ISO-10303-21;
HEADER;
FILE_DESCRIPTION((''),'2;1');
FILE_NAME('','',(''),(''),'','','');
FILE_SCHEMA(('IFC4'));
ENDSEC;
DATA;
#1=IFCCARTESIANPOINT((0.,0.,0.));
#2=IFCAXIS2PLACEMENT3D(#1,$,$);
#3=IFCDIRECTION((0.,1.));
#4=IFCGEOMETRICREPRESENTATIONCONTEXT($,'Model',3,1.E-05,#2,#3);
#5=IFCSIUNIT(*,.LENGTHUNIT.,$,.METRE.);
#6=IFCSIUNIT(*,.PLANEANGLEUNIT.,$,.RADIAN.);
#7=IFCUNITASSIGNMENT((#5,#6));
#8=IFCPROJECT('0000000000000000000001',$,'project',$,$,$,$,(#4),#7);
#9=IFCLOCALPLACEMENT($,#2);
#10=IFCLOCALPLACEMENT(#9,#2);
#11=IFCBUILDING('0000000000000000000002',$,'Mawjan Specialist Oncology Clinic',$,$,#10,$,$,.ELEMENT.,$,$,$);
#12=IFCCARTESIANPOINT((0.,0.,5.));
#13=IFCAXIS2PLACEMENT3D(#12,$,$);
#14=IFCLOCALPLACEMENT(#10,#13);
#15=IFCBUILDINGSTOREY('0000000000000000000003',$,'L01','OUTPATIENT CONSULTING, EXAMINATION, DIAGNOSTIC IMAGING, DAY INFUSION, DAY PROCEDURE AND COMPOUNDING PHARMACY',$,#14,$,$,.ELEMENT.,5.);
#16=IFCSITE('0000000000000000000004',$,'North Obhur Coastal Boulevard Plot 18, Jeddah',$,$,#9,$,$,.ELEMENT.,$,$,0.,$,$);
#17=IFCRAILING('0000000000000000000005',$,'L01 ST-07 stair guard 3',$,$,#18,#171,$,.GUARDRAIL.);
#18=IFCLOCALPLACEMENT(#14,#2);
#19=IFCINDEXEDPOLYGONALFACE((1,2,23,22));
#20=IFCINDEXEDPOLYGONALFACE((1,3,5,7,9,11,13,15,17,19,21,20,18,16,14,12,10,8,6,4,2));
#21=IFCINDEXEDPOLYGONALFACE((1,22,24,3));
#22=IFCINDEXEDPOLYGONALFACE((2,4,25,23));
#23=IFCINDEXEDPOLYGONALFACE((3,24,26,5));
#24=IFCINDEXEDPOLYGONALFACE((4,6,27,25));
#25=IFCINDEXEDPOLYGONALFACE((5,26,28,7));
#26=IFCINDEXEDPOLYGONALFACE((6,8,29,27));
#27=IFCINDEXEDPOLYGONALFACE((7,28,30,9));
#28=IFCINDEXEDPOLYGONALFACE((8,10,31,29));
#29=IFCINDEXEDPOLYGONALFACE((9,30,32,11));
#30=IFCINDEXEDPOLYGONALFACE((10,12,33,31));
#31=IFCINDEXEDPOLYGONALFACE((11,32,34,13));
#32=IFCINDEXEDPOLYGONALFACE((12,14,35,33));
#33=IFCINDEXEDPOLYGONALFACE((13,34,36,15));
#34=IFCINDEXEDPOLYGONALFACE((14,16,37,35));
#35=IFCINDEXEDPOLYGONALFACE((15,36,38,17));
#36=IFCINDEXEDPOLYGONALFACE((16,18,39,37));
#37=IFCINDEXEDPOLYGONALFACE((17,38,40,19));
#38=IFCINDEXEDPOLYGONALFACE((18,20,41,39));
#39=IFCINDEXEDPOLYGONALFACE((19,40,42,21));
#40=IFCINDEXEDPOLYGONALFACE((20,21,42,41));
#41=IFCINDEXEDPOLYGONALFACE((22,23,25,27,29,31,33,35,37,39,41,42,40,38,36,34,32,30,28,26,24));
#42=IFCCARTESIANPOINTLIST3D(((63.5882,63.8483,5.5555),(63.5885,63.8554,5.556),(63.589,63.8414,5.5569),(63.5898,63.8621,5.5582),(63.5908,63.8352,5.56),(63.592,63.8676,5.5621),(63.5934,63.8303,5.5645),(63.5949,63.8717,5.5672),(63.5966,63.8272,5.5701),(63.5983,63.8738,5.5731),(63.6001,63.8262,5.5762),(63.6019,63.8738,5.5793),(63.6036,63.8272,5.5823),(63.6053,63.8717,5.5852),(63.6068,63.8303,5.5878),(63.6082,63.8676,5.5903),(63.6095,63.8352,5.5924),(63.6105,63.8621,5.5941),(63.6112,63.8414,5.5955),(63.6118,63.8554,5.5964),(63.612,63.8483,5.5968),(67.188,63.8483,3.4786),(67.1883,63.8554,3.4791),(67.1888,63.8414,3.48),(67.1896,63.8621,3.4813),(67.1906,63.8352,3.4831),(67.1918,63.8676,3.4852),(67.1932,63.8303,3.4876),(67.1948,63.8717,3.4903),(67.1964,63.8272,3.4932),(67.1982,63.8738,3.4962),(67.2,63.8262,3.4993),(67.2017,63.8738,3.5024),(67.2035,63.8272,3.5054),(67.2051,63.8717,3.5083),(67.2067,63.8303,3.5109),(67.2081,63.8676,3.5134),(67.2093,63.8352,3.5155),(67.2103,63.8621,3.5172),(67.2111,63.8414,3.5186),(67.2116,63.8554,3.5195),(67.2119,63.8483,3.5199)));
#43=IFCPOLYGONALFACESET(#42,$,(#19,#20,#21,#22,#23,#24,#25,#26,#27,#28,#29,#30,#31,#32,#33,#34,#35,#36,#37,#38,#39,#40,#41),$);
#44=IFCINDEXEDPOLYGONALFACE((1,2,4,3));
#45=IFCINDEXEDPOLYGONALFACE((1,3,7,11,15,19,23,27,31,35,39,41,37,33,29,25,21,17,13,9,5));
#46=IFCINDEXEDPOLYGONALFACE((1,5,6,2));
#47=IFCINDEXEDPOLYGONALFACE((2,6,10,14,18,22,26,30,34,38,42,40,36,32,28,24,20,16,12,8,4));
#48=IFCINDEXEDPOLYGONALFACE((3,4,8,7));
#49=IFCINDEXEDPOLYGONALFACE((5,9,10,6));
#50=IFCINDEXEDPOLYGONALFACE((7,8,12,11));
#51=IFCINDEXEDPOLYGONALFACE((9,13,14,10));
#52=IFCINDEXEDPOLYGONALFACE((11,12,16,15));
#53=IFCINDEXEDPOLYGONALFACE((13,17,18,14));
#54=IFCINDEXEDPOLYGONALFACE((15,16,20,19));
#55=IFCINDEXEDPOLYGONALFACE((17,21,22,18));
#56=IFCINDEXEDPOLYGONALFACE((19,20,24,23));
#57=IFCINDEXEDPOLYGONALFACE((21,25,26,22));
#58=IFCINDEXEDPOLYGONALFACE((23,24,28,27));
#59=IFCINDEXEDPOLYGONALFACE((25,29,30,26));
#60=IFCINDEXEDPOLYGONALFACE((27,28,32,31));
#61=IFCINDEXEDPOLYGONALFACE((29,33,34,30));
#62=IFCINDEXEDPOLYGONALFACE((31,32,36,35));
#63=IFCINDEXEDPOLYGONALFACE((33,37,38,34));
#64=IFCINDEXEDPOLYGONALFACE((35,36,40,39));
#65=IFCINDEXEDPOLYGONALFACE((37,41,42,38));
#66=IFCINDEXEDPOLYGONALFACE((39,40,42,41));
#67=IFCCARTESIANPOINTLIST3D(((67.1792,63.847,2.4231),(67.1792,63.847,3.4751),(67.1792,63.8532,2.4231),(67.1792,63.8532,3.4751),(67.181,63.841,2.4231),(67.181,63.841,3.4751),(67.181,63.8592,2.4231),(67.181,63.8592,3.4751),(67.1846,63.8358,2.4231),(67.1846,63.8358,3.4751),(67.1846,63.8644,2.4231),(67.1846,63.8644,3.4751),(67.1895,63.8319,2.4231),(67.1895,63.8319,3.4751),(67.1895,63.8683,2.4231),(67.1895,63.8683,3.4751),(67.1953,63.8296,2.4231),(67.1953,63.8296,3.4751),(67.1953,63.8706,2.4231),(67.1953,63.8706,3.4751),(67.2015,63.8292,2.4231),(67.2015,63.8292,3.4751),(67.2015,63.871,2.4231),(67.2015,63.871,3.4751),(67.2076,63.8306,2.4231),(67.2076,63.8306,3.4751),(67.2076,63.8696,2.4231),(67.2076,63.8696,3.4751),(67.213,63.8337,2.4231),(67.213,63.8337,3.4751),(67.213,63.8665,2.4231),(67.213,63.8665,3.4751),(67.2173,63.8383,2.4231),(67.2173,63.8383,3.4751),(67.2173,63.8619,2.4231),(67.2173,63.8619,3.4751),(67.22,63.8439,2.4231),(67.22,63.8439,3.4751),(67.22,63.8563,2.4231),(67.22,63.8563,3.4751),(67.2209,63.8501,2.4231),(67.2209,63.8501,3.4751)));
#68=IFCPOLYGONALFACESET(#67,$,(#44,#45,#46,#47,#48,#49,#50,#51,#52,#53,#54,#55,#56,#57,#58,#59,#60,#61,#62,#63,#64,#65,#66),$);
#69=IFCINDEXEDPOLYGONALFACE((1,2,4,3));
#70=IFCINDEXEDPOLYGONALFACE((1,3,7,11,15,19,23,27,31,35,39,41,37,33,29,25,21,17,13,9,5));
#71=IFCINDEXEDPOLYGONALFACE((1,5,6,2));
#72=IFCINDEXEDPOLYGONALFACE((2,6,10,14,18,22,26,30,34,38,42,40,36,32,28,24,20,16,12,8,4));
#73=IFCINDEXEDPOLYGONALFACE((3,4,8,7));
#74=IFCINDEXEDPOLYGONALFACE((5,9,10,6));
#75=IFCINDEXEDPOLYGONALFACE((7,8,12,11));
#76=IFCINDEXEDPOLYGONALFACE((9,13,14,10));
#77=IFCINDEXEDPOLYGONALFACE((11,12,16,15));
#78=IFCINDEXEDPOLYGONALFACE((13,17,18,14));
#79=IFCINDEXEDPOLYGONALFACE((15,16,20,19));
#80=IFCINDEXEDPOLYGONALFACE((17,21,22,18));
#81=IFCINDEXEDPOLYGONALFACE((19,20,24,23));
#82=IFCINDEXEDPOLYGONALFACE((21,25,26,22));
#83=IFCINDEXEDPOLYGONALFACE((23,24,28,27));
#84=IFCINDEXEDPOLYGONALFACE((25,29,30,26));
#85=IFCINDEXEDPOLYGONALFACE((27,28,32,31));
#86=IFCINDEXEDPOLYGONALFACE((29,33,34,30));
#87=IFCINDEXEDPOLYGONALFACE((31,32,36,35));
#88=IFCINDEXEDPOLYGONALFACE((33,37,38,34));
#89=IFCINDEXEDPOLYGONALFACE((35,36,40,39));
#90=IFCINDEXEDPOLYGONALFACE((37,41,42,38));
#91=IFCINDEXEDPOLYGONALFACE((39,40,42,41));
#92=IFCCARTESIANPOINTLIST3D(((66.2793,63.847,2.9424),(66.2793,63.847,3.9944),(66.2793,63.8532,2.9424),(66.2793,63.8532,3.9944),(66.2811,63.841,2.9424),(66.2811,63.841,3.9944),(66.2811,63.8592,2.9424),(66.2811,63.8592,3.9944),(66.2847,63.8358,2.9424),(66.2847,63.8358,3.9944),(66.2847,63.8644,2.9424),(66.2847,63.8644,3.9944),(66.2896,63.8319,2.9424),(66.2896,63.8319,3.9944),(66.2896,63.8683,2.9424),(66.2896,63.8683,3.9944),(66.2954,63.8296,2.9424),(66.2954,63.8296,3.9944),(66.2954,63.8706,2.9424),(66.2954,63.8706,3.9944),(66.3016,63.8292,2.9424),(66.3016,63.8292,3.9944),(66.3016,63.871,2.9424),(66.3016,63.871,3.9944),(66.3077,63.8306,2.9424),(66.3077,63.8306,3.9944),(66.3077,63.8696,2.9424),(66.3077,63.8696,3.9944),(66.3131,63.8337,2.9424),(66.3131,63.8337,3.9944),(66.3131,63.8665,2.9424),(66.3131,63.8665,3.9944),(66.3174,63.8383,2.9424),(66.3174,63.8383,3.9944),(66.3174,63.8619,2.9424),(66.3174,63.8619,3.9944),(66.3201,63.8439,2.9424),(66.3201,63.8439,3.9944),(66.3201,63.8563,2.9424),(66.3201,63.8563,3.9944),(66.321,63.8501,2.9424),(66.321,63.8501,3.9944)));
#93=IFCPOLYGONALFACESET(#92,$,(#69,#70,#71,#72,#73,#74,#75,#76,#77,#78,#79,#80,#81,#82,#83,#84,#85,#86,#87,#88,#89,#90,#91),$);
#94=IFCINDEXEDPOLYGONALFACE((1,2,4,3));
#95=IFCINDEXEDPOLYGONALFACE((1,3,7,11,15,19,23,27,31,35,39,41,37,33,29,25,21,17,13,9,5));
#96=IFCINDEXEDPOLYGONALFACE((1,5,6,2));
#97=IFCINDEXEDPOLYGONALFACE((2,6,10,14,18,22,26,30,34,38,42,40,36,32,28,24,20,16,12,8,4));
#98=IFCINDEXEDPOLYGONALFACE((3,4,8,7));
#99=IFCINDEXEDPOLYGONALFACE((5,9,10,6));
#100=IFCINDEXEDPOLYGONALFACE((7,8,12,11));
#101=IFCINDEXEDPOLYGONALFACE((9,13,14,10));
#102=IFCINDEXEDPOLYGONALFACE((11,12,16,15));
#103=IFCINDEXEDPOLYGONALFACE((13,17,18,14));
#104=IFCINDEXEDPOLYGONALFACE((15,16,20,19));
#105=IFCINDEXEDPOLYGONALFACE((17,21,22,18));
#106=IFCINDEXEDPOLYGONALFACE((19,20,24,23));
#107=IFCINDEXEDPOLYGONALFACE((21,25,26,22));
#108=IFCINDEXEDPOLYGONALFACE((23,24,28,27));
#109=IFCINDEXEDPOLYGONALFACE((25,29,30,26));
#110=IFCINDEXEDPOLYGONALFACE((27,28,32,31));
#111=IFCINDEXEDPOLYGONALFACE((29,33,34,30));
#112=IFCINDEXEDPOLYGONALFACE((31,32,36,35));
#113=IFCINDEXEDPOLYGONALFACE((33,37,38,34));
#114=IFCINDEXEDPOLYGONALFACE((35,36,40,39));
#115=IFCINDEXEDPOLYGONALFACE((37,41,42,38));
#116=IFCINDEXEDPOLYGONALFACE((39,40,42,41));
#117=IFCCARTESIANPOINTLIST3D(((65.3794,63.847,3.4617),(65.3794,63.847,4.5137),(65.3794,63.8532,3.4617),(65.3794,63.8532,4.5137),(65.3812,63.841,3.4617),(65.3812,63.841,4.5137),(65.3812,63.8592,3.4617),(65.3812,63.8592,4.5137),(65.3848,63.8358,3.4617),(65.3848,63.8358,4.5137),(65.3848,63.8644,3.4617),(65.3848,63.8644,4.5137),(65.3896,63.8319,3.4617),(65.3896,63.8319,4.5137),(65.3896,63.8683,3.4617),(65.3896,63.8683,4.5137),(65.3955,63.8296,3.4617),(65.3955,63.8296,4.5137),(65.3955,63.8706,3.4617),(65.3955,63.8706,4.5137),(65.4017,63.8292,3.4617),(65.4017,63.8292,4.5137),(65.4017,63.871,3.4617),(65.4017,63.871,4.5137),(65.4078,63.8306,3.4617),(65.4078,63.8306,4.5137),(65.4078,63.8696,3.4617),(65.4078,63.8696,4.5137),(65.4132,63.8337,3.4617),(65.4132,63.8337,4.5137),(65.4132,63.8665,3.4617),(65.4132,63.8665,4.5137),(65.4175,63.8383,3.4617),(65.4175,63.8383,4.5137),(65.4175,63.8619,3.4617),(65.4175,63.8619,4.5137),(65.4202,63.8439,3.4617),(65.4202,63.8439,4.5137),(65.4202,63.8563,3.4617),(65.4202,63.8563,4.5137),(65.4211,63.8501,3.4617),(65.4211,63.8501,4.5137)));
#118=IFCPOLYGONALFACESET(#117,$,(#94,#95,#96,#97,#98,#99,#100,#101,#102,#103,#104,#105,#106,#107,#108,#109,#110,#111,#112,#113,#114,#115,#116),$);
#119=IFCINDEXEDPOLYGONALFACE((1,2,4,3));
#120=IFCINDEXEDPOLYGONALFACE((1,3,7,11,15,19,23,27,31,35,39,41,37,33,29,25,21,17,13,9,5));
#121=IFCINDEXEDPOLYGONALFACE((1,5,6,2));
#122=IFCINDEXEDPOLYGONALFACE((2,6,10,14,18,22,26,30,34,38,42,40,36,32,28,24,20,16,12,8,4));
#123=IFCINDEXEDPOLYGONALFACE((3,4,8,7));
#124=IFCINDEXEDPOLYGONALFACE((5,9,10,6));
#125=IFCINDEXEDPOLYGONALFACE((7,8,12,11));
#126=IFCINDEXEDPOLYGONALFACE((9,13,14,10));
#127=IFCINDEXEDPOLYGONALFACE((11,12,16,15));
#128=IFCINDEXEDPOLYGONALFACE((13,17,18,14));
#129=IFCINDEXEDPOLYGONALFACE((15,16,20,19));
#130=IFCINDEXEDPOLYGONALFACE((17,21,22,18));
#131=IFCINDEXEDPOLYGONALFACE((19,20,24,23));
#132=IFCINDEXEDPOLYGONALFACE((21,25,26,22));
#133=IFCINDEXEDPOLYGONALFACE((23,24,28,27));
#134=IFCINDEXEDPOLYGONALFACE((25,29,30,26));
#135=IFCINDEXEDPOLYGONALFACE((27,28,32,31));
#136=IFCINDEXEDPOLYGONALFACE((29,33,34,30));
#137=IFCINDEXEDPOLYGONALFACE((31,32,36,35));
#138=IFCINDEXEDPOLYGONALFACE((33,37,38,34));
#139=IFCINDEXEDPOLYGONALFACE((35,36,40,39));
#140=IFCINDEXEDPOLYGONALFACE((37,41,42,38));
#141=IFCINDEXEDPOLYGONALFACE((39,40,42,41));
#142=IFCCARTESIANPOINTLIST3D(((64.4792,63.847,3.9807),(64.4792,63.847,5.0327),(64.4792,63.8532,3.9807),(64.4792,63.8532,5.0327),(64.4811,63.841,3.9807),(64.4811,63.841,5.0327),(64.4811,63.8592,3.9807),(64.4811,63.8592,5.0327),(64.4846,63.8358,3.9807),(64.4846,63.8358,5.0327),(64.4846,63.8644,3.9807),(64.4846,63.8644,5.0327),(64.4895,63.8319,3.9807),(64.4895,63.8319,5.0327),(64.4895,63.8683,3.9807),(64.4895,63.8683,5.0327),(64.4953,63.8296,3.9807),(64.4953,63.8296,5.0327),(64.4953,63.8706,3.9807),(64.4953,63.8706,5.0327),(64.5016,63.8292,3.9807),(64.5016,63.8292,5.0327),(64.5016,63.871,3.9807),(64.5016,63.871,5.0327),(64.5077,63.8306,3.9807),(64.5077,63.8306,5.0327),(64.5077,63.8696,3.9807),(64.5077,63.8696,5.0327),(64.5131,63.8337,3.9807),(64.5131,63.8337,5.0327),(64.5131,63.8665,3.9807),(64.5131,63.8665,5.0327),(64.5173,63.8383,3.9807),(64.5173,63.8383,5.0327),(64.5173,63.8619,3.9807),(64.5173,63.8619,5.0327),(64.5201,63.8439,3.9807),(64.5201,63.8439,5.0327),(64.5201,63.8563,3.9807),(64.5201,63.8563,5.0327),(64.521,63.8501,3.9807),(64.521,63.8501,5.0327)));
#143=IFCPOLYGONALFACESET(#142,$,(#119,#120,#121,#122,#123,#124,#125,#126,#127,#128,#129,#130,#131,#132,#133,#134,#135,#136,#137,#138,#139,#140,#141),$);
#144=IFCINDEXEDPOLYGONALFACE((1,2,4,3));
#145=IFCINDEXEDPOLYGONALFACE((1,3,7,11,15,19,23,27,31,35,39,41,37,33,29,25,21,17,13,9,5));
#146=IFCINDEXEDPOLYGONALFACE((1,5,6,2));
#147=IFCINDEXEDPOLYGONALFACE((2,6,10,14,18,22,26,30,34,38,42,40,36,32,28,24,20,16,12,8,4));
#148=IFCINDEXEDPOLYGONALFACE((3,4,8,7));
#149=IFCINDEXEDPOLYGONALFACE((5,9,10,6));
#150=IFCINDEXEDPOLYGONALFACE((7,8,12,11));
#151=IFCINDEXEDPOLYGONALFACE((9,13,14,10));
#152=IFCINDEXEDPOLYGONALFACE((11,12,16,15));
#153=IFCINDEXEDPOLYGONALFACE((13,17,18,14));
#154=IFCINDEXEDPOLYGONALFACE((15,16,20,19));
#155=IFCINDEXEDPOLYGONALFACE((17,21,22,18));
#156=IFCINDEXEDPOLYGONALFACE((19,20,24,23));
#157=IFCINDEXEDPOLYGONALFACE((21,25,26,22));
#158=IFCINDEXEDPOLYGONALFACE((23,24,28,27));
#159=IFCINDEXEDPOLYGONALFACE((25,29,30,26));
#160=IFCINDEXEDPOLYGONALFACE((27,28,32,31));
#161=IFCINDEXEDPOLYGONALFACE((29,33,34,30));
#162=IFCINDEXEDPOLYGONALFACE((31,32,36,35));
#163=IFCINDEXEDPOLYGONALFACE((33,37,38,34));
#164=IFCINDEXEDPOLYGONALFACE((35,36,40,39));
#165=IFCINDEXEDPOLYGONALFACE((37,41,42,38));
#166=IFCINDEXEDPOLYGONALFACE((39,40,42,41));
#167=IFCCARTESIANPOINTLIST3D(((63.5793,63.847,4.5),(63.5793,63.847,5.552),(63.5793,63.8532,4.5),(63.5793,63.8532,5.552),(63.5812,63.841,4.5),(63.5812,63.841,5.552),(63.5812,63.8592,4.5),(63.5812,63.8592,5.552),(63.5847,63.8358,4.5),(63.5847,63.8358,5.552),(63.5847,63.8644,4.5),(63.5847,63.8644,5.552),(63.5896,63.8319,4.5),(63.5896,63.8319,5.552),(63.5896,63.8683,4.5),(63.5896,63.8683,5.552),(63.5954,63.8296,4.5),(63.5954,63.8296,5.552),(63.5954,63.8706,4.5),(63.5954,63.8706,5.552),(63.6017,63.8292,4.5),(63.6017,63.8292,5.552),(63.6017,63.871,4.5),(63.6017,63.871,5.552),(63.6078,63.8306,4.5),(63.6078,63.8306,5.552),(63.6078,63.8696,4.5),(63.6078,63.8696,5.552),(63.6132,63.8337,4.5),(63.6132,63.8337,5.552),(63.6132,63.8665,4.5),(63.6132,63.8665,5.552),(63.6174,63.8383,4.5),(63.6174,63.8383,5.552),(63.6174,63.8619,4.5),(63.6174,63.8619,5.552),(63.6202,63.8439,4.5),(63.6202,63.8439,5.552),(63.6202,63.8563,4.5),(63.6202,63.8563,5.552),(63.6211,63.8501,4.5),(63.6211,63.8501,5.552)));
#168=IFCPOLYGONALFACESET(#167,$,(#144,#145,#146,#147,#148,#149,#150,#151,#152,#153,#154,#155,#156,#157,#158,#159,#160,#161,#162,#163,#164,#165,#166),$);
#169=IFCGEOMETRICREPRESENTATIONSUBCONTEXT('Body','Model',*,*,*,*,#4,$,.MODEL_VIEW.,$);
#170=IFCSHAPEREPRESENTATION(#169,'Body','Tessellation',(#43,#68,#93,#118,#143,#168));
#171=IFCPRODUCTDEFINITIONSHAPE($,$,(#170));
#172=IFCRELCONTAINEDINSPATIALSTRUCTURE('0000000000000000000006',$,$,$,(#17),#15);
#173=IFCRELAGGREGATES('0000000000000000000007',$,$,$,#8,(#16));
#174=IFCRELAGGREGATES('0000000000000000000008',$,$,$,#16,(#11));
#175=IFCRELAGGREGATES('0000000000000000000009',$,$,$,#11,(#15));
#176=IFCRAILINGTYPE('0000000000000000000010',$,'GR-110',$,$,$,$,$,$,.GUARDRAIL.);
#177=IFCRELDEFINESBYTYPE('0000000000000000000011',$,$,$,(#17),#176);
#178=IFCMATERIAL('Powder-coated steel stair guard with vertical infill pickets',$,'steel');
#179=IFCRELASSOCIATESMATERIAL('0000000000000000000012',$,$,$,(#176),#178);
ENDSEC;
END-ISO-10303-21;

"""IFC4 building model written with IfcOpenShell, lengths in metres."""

from ifc_helpers import new_model, si_unit, direction, frame, origin, origin_2d, place, context, subcontext, project, spatial, circle, extrude, material, type_object, element, save


model = new_model("IFC4")

# Units and contexts
model_context = context("Model", 3, precision=1e-05, world=origin(), true_north=direction((0.0, 1.0)))
body_context = subcontext(model_context, "Body", "Model", "MODEL_VIEW")
ifc_project = project(units=[si_unit("LENGTHUNIT", "METRE"), si_unit("PLANEANGLEUNIT", "RADIAN")], contexts=[model_context])

# Site, building, storey
site_placement = place(None, origin())
site = spatial("IfcSite", under=ifc_project, at=site_placement, Name="North Obhur Coastal Boulevard Plot 18, Jeddah", CompositionType="ELEMENT", RefElevation=0.0)
building_placement = place(site_placement, origin())
building = spatial("IfcBuilding", under=site, at=building_placement, Name="Mawjan Specialist Oncology Clinic", CompositionType="ELEMENT")
storey_placement = place(building_placement, frame((0.0, 0.0, 5.0)))
storey = spatial("IfcBuildingStorey", under=building, at=storey_placement, Name="L01", Description="OUTPATIENT CONSULTING, EXAMINATION, DIAGNOSTIC IMAGING, DAY INFUSION, DAY PROCEDURE AND COMPOUNDING PHARMACY", CompositionType="ELEMENT", Elevation=5.0)

# Railing
ifc_material_1 = material(Name="Powder-coated steel stair guard with vertical infill pickets", Category="steel")
railing_type_1 = type_object("IfcRailingType", Name="GR-110", PredefinedType="GUARDRAIL", material=ifc_material_1)
railing_1_placement = place(storey_placement, frame((67.2, 63.8501, 2.4231)))
element("IfcRailing", 1, at=railing_1_placement, inside=storey, type_object=railing_type_1, Name="L01 ST-07 stair guard 3", PredefinedType="GUARDRAIL", context=body_context, shape_type="SweptSolid", body=[
    extrude(circle(Radius=0.0239, at=origin_2d()), frame((0.0, 0.0, 1.0762), z_axis=(-0.866179, 0.0, 0.499734), x_axis=(0.0, -1.0, 0.0)), (0.0, 0.0, 1.0), 4.156),
    extrude(circle(Radius=0.021, at=origin_2d()), origin(), (0.0, 0.0, 1.0), 1.052),
    extrude(circle(Radius=0.021, at=origin_2d()), frame((-0.8999, 0.0, 0.5193)), (0.0, 0.0, 1.0), 1.052),
    extrude(circle(Radius=0.021, at=origin_2d()), frame((-1.7998, 0.0, 1.0386)), (0.0, 0.0, 1.0), 1.052),
    extrude(circle(Radius=0.021, at=origin_2d()), frame((-2.7, 0.0, 1.5576)), (0.0, 0.0, 1.0), 1.052),
    extrude(circle(Radius=0.021, at=origin_2d()), frame((-3.5999, 0.0, 2.0769)), (0.0, 0.0, 1.0), 1.052),
])

save(model, "model.ifc")
